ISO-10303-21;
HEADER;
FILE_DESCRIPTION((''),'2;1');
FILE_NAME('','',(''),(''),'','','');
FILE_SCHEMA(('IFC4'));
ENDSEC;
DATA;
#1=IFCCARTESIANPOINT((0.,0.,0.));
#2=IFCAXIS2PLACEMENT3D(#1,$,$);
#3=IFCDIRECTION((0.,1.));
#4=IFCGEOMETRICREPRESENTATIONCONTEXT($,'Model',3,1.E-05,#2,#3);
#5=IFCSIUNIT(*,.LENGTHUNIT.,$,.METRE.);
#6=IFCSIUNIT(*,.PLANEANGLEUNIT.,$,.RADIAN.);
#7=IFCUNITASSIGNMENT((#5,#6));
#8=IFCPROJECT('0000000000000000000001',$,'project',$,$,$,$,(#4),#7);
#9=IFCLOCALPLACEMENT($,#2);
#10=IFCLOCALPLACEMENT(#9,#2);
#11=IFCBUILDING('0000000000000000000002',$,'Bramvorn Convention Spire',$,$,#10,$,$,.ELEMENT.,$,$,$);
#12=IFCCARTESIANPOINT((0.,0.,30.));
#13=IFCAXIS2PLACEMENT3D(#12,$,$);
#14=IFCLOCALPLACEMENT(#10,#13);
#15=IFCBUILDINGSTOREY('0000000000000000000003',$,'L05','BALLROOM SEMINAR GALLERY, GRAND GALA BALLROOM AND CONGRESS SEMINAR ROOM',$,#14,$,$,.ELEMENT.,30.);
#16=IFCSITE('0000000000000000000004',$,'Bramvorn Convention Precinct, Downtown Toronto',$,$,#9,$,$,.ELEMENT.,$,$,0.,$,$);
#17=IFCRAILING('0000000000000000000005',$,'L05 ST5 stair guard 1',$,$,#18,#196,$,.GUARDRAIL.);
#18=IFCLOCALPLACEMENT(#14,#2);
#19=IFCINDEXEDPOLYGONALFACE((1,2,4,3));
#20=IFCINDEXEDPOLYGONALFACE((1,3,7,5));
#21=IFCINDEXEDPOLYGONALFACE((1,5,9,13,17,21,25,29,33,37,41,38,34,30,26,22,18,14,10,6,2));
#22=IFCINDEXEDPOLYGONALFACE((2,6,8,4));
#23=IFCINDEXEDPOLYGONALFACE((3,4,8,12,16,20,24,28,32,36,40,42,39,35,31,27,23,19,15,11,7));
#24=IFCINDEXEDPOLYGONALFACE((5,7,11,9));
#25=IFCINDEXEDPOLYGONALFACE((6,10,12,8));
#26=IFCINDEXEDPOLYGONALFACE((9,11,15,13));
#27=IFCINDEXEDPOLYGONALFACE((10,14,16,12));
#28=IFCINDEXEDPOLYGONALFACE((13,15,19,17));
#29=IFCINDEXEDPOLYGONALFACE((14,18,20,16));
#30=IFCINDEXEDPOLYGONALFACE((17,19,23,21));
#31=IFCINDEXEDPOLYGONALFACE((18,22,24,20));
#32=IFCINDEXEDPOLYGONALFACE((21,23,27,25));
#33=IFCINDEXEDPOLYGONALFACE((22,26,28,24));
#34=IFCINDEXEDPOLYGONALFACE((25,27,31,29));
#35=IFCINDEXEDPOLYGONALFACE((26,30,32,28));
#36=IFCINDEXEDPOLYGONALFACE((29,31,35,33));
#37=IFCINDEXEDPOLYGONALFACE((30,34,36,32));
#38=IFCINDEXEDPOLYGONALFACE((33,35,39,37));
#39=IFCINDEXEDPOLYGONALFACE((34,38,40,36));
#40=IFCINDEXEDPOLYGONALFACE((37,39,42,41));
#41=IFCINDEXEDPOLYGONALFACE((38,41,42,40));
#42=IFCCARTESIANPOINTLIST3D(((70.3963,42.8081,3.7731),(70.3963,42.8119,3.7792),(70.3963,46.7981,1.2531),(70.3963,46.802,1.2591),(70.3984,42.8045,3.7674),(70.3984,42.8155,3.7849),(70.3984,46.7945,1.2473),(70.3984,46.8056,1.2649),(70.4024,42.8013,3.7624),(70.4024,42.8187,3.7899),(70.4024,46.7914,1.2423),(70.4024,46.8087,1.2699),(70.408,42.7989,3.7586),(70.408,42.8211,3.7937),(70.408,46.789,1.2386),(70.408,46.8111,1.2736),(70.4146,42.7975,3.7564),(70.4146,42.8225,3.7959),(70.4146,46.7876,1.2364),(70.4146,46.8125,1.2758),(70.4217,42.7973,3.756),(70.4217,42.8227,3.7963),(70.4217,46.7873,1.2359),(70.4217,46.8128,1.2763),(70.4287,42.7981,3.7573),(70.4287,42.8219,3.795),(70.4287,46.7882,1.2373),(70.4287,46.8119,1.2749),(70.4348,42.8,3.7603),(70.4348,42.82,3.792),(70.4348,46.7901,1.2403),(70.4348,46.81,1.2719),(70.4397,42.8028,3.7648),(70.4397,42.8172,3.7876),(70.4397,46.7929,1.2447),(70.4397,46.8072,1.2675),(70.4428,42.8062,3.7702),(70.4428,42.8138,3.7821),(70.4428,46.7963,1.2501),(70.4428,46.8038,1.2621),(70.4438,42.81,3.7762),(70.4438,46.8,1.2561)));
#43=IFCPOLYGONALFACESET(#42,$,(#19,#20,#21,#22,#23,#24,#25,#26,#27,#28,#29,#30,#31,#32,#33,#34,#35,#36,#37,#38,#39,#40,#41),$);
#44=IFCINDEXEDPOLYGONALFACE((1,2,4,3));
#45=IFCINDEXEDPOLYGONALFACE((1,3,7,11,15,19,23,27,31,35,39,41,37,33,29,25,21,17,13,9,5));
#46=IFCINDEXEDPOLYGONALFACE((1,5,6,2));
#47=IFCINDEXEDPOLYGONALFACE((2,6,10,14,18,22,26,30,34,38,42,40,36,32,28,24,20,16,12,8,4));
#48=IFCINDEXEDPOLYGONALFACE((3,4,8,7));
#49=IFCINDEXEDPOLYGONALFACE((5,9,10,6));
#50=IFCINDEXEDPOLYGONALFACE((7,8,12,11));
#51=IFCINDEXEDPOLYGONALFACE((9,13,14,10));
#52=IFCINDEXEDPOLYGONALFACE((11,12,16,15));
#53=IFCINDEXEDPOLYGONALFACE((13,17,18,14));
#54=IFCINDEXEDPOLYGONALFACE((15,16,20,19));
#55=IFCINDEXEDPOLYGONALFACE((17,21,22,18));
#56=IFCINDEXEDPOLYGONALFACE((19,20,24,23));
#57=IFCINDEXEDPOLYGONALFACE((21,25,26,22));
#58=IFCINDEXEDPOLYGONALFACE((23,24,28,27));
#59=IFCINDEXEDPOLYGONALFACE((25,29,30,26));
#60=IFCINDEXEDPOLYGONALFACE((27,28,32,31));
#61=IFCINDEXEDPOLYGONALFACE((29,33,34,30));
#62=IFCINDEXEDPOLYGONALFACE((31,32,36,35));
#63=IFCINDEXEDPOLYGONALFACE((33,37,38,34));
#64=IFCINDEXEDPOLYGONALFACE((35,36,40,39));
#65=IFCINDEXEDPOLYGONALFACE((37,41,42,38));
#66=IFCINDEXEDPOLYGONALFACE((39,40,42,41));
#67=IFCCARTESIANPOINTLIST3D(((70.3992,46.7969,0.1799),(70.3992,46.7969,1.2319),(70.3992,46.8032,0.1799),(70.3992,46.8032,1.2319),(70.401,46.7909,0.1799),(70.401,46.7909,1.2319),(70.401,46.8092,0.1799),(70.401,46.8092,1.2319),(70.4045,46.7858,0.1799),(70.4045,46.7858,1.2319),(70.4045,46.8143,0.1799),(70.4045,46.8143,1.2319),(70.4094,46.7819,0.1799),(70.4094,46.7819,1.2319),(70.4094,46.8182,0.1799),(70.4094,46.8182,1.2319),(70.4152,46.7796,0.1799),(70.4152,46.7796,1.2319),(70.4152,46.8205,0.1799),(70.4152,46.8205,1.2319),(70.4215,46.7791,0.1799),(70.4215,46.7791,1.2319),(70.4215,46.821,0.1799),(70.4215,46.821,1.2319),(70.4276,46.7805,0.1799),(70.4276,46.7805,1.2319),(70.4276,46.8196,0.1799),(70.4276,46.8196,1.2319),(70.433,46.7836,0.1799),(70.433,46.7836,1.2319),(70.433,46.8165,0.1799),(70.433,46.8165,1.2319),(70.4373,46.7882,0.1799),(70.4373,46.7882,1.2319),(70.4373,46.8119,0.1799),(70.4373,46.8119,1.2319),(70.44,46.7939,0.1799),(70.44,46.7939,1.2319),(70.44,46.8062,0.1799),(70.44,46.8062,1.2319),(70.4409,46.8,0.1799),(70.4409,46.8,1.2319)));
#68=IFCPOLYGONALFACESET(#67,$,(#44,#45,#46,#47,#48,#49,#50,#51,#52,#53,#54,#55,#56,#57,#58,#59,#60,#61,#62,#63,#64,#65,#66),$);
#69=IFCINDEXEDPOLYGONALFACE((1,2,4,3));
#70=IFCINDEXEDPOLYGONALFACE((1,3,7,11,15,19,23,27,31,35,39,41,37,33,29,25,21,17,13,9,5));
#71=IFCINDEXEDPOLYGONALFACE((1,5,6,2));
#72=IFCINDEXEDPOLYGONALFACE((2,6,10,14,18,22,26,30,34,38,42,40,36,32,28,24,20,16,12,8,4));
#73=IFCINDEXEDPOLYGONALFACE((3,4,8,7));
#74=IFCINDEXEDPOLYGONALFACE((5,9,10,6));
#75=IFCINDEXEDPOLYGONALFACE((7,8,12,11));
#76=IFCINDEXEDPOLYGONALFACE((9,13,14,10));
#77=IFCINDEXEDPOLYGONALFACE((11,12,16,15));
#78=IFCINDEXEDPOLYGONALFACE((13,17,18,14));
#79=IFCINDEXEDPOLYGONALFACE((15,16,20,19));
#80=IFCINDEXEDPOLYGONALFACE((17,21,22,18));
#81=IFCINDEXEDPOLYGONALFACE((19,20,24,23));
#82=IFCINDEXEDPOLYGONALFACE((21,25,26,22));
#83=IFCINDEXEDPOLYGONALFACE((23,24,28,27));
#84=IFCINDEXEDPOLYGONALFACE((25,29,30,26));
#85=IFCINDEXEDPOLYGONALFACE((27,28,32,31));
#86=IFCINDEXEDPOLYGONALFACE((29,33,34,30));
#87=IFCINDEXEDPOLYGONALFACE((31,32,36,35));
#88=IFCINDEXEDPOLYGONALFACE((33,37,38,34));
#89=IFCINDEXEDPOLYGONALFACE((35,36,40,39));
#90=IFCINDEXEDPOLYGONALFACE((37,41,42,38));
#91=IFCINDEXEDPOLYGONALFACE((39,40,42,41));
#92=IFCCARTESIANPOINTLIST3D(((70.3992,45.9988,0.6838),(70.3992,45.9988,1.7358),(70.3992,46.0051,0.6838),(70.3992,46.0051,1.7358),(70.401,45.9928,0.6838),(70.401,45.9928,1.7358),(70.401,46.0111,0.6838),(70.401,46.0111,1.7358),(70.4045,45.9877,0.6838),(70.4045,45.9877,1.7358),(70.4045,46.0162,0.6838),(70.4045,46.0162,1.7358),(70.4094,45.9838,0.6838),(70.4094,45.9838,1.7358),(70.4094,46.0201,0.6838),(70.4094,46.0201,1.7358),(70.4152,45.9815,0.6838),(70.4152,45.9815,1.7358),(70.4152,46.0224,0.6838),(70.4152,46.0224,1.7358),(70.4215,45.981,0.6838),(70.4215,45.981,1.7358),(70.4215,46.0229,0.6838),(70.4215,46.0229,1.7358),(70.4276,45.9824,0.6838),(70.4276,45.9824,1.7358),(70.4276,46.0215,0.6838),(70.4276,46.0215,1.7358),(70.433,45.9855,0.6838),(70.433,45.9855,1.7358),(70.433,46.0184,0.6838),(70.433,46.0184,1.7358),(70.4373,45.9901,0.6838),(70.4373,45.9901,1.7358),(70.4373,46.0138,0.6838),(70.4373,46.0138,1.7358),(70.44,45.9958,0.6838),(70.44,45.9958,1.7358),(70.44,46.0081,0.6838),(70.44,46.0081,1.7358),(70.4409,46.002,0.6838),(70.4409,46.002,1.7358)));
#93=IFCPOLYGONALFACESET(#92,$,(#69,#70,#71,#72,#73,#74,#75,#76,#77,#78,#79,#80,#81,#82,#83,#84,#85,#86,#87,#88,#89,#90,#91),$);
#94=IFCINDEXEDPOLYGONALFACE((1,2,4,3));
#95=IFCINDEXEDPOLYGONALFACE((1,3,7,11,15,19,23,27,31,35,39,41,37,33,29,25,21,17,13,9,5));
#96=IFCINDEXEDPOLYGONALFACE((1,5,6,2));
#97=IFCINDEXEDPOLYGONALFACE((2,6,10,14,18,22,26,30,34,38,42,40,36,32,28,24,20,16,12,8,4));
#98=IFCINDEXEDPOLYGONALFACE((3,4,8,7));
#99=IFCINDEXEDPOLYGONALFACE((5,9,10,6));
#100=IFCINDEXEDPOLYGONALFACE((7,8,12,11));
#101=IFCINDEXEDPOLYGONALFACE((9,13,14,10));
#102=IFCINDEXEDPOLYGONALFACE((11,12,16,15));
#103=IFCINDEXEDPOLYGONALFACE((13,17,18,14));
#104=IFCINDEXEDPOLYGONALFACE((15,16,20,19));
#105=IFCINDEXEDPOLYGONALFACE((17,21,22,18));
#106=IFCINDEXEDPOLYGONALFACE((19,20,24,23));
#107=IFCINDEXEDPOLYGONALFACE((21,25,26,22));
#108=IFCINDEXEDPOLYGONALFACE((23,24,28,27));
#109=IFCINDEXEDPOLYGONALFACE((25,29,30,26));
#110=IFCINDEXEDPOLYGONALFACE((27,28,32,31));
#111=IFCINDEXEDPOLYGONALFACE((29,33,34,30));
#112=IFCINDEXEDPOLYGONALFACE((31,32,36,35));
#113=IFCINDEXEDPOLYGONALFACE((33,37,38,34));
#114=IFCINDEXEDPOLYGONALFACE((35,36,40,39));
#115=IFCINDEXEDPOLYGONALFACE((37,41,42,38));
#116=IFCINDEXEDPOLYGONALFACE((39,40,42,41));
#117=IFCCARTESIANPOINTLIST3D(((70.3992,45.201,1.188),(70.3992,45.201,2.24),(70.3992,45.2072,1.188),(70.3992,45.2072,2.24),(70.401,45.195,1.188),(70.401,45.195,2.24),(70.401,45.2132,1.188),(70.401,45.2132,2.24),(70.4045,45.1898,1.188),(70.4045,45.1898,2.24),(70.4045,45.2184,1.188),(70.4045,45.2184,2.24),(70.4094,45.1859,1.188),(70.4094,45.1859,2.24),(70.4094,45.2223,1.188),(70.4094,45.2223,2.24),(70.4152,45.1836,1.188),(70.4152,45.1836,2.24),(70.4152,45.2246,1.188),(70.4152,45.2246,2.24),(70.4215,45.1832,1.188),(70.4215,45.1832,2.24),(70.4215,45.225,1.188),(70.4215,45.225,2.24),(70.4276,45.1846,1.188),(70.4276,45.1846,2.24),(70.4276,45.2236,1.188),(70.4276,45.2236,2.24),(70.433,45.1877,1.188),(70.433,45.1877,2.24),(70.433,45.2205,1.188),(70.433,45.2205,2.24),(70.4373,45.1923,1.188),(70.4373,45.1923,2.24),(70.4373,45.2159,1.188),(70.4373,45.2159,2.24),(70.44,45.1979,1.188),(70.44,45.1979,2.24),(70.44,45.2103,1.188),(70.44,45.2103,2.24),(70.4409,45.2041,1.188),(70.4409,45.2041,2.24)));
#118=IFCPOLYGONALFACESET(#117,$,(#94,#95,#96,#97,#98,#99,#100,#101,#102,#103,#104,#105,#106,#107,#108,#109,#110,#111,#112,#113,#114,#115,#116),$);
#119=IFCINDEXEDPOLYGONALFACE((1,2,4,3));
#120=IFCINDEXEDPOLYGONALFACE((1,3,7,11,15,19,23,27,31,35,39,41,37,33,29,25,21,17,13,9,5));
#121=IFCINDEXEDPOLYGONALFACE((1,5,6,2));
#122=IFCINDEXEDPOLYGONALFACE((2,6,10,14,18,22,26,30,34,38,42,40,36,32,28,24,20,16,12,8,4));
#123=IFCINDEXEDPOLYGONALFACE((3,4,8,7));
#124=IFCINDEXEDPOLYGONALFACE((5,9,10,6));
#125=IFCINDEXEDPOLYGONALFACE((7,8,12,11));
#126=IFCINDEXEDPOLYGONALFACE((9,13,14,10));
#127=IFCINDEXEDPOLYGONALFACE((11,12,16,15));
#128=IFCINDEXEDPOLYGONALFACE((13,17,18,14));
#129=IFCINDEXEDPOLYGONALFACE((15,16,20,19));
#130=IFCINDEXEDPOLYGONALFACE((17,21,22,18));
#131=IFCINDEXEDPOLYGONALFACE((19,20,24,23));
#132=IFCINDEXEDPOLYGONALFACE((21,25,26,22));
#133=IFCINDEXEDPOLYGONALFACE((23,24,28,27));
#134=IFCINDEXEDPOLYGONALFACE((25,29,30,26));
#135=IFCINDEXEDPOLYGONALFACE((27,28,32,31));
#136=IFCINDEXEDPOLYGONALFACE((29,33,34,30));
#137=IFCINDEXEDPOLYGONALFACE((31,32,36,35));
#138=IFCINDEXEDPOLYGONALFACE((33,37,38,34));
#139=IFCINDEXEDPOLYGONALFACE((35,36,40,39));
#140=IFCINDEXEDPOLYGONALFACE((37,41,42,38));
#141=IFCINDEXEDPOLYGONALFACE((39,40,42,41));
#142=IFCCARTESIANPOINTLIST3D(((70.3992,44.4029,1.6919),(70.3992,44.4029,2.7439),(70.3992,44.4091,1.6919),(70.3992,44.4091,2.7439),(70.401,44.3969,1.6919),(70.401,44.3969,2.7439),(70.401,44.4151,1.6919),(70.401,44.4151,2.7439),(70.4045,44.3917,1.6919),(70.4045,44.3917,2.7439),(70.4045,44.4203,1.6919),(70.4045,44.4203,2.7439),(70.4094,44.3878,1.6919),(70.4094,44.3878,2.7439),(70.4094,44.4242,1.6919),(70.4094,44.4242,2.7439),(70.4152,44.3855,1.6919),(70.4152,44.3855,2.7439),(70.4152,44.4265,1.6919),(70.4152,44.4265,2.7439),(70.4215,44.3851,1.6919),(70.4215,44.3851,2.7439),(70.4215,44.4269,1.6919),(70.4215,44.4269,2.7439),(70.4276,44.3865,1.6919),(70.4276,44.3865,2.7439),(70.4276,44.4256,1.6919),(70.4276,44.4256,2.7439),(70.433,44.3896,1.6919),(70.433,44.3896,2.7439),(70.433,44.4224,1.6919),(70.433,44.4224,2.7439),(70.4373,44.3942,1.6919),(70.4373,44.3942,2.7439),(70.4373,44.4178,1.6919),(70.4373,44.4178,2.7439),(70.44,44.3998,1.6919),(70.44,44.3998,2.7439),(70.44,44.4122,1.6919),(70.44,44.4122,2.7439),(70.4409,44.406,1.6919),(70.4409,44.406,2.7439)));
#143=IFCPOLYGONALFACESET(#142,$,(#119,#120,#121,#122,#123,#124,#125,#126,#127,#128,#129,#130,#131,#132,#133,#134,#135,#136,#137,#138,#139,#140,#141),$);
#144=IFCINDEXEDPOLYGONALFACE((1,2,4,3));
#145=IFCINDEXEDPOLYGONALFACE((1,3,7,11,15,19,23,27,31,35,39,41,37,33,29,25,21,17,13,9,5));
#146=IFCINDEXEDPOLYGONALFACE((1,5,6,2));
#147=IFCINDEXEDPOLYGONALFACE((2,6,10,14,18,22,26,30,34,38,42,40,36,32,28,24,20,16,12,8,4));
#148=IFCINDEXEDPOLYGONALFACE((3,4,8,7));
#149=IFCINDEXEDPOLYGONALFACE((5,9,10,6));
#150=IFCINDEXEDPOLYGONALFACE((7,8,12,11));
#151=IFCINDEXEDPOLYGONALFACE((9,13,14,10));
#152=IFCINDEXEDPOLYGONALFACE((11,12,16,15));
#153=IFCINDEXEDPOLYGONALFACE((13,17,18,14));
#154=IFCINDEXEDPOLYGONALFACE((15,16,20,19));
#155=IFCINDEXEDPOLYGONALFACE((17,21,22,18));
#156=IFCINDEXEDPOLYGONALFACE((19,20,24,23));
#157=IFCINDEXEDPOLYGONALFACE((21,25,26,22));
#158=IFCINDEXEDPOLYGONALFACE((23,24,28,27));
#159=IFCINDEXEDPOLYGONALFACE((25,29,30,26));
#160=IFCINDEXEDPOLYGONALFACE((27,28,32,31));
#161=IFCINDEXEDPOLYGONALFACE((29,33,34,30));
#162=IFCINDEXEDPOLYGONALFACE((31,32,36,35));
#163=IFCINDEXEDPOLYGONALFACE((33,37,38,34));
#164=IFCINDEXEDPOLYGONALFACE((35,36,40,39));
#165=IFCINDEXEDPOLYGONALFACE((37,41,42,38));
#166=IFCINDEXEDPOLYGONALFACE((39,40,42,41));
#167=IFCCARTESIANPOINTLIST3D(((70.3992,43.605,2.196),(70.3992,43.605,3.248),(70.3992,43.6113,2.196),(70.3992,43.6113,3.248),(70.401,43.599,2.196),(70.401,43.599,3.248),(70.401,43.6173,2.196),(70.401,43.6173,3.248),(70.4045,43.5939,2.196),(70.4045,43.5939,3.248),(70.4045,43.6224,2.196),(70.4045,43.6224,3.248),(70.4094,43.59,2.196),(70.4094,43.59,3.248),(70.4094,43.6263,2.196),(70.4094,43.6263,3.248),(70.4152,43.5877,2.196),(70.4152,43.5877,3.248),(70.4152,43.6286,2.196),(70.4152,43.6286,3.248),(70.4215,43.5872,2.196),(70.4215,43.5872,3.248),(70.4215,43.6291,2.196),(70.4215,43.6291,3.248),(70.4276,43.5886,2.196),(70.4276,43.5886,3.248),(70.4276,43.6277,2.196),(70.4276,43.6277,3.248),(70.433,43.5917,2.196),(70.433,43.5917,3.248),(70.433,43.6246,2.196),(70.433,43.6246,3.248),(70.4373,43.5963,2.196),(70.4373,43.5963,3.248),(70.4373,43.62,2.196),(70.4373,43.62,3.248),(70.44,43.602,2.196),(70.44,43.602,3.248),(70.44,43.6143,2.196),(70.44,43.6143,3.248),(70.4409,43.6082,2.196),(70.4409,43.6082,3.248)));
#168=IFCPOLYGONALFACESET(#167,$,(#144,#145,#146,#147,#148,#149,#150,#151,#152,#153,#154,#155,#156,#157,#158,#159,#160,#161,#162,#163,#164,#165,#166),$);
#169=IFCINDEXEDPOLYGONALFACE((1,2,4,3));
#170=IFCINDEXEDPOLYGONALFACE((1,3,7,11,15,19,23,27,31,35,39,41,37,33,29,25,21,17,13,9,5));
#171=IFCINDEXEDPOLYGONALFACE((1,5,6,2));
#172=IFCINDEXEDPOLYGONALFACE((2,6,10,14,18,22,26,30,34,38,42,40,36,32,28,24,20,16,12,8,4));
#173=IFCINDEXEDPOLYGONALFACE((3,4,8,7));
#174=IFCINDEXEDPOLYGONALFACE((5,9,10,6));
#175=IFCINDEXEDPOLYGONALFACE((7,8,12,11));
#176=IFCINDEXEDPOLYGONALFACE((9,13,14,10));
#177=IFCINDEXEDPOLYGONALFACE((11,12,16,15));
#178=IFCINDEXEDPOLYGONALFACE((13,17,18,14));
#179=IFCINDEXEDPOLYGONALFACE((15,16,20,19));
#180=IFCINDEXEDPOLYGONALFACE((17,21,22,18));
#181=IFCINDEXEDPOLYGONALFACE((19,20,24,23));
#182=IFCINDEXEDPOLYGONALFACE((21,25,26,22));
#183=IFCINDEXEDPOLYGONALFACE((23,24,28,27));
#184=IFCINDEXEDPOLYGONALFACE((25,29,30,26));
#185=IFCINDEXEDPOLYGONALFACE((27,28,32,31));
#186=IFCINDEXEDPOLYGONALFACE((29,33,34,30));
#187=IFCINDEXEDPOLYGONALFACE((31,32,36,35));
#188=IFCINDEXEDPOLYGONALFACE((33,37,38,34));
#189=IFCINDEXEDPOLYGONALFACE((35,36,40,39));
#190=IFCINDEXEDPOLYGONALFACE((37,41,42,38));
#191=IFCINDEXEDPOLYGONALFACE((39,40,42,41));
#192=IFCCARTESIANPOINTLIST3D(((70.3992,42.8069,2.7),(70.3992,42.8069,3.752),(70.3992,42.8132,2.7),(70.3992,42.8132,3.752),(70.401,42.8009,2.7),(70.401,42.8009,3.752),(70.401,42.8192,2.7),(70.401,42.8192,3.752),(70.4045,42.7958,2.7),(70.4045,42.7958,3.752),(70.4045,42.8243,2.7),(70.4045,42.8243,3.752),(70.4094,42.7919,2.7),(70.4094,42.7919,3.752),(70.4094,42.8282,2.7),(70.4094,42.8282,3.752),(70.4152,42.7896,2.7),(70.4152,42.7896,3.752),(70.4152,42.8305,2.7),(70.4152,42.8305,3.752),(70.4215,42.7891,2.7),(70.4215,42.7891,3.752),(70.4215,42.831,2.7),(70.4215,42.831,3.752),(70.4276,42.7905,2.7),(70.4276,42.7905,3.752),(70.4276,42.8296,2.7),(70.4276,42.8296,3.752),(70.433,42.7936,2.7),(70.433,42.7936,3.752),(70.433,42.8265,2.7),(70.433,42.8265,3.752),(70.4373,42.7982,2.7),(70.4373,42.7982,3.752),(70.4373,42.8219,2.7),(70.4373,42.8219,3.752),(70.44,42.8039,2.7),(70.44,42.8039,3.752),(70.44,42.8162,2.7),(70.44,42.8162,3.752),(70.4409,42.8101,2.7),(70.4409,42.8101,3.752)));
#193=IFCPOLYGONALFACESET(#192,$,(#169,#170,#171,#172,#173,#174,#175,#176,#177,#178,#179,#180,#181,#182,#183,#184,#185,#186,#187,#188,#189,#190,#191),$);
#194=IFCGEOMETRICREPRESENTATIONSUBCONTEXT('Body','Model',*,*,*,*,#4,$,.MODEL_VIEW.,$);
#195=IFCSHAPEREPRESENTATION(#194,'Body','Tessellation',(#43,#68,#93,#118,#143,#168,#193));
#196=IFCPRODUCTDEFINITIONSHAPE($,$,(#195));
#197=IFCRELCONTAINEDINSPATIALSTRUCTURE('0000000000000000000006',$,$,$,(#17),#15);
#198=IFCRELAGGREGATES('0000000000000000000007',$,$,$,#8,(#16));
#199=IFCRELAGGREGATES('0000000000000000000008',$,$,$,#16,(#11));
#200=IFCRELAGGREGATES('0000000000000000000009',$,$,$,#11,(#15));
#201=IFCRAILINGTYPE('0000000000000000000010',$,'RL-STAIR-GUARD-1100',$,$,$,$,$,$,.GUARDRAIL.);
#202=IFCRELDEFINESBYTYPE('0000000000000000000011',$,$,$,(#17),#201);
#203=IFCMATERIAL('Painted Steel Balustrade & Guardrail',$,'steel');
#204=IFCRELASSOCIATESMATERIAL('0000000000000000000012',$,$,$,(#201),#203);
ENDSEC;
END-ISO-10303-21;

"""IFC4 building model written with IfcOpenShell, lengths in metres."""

from ifc_helpers import new_model, si_unit, direction, frame, origin, origin_2d, place, context, subcontext, project, spatial, circle, extrude, material, type_object, element, save


model = new_model("IFC4")

# Units and contexts
model_context = context("Model", 3, precision=1e-05, world=origin(), true_north=direction((0.0, 1.0)))
body_context = subcontext(model_context, "Body", "Model", "MODEL_VIEW")
ifc_project = project(units=[si_unit("LENGTHUNIT", "METRE"), si_unit("PLANEANGLEUNIT", "RADIAN")], contexts=[model_context])

# Site, building, storey
site_placement = place(None, origin())
site = spatial("IfcSite", under=ifc_project, at=site_placement, Name="Bramvorn Convention Precinct, Downtown Toronto", CompositionType="ELEMENT", RefElevation=0.0)
building_placement = place(site_placement, origin())
building = spatial("IfcBuilding", under=site, at=building_placement, Name="Bramvorn Convention Spire", CompositionType="ELEMENT")
storey_placement = place(building_placement, frame((0.0, 0.0, 30.0)))
storey = spatial("IfcBuildingStorey", under=building, at=storey_placement, Name="L05", Description="BALLROOM SEMINAR GALLERY, GRAND GALA BALLROOM AND CONGRESS SEMINAR ROOM", CompositionType="ELEMENT", Elevation=30.0)

# Railing
ifc_material_1 = material(Name="Painted Steel Balustrade & Guardrail", Category="steel")
railing_type_1 = type_object("IfcRailingType", Name="RL-STAIR-GUARD-1100", PredefinedType="GUARDRAIL", material=ifc_material_1)
railing_1_placement = place(storey_placement, frame((70.4199, 46.8, 0.1799)))
element("IfcRailing", 1, at=railing_1_placement, inside=storey, type_object=railing_type_1, Name="L05 ST5 stair guard 1", PredefinedType="GUARDRAIL", context=body_context, shape_type="SweptSolid", body=[
    extrude(circle(Radius=0.0239, at=origin_2d()), frame((0.0, 0.0, 1.0762), z_axis=(0.0, -0.845486, 0.533997), x_axis=(1.0, 0.0, 0.0)), (0.0, 0.0, 1.0), 4.7192),
    extrude(circle(Radius=0.021, at=origin_2d()), origin(), (0.0, 0.0, 1.0), 1.052),
    extrude(circle(Radius=0.021, at=origin_2d()), frame((0.0, -0.7981, 0.5039)), (0.0, 0.0, 1.0), 1.052),
    extrude(circle(Radius=0.021, at=origin_2d()), frame((0.0, -1.5959, 1.0081)), (0.0, 0.0, 1.0), 1.052),
    extrude(circle(Radius=0.021, at=origin_2d()), frame((0.0, -2.394, 1.512)), (0.0, 0.0, 1.0), 1.052),
    extrude(circle(Radius=0.021, at=origin_2d()), frame((0.0, -3.1919, 2.0161)), (0.0, 0.0, 1.0), 1.052),
    extrude(circle(Radius=0.021, at=origin_2d()), frame((0.0, -3.99, 2.52)), (0.0, 0.0, 1.0), 1.052),
])

save(model, "model.ifc")
